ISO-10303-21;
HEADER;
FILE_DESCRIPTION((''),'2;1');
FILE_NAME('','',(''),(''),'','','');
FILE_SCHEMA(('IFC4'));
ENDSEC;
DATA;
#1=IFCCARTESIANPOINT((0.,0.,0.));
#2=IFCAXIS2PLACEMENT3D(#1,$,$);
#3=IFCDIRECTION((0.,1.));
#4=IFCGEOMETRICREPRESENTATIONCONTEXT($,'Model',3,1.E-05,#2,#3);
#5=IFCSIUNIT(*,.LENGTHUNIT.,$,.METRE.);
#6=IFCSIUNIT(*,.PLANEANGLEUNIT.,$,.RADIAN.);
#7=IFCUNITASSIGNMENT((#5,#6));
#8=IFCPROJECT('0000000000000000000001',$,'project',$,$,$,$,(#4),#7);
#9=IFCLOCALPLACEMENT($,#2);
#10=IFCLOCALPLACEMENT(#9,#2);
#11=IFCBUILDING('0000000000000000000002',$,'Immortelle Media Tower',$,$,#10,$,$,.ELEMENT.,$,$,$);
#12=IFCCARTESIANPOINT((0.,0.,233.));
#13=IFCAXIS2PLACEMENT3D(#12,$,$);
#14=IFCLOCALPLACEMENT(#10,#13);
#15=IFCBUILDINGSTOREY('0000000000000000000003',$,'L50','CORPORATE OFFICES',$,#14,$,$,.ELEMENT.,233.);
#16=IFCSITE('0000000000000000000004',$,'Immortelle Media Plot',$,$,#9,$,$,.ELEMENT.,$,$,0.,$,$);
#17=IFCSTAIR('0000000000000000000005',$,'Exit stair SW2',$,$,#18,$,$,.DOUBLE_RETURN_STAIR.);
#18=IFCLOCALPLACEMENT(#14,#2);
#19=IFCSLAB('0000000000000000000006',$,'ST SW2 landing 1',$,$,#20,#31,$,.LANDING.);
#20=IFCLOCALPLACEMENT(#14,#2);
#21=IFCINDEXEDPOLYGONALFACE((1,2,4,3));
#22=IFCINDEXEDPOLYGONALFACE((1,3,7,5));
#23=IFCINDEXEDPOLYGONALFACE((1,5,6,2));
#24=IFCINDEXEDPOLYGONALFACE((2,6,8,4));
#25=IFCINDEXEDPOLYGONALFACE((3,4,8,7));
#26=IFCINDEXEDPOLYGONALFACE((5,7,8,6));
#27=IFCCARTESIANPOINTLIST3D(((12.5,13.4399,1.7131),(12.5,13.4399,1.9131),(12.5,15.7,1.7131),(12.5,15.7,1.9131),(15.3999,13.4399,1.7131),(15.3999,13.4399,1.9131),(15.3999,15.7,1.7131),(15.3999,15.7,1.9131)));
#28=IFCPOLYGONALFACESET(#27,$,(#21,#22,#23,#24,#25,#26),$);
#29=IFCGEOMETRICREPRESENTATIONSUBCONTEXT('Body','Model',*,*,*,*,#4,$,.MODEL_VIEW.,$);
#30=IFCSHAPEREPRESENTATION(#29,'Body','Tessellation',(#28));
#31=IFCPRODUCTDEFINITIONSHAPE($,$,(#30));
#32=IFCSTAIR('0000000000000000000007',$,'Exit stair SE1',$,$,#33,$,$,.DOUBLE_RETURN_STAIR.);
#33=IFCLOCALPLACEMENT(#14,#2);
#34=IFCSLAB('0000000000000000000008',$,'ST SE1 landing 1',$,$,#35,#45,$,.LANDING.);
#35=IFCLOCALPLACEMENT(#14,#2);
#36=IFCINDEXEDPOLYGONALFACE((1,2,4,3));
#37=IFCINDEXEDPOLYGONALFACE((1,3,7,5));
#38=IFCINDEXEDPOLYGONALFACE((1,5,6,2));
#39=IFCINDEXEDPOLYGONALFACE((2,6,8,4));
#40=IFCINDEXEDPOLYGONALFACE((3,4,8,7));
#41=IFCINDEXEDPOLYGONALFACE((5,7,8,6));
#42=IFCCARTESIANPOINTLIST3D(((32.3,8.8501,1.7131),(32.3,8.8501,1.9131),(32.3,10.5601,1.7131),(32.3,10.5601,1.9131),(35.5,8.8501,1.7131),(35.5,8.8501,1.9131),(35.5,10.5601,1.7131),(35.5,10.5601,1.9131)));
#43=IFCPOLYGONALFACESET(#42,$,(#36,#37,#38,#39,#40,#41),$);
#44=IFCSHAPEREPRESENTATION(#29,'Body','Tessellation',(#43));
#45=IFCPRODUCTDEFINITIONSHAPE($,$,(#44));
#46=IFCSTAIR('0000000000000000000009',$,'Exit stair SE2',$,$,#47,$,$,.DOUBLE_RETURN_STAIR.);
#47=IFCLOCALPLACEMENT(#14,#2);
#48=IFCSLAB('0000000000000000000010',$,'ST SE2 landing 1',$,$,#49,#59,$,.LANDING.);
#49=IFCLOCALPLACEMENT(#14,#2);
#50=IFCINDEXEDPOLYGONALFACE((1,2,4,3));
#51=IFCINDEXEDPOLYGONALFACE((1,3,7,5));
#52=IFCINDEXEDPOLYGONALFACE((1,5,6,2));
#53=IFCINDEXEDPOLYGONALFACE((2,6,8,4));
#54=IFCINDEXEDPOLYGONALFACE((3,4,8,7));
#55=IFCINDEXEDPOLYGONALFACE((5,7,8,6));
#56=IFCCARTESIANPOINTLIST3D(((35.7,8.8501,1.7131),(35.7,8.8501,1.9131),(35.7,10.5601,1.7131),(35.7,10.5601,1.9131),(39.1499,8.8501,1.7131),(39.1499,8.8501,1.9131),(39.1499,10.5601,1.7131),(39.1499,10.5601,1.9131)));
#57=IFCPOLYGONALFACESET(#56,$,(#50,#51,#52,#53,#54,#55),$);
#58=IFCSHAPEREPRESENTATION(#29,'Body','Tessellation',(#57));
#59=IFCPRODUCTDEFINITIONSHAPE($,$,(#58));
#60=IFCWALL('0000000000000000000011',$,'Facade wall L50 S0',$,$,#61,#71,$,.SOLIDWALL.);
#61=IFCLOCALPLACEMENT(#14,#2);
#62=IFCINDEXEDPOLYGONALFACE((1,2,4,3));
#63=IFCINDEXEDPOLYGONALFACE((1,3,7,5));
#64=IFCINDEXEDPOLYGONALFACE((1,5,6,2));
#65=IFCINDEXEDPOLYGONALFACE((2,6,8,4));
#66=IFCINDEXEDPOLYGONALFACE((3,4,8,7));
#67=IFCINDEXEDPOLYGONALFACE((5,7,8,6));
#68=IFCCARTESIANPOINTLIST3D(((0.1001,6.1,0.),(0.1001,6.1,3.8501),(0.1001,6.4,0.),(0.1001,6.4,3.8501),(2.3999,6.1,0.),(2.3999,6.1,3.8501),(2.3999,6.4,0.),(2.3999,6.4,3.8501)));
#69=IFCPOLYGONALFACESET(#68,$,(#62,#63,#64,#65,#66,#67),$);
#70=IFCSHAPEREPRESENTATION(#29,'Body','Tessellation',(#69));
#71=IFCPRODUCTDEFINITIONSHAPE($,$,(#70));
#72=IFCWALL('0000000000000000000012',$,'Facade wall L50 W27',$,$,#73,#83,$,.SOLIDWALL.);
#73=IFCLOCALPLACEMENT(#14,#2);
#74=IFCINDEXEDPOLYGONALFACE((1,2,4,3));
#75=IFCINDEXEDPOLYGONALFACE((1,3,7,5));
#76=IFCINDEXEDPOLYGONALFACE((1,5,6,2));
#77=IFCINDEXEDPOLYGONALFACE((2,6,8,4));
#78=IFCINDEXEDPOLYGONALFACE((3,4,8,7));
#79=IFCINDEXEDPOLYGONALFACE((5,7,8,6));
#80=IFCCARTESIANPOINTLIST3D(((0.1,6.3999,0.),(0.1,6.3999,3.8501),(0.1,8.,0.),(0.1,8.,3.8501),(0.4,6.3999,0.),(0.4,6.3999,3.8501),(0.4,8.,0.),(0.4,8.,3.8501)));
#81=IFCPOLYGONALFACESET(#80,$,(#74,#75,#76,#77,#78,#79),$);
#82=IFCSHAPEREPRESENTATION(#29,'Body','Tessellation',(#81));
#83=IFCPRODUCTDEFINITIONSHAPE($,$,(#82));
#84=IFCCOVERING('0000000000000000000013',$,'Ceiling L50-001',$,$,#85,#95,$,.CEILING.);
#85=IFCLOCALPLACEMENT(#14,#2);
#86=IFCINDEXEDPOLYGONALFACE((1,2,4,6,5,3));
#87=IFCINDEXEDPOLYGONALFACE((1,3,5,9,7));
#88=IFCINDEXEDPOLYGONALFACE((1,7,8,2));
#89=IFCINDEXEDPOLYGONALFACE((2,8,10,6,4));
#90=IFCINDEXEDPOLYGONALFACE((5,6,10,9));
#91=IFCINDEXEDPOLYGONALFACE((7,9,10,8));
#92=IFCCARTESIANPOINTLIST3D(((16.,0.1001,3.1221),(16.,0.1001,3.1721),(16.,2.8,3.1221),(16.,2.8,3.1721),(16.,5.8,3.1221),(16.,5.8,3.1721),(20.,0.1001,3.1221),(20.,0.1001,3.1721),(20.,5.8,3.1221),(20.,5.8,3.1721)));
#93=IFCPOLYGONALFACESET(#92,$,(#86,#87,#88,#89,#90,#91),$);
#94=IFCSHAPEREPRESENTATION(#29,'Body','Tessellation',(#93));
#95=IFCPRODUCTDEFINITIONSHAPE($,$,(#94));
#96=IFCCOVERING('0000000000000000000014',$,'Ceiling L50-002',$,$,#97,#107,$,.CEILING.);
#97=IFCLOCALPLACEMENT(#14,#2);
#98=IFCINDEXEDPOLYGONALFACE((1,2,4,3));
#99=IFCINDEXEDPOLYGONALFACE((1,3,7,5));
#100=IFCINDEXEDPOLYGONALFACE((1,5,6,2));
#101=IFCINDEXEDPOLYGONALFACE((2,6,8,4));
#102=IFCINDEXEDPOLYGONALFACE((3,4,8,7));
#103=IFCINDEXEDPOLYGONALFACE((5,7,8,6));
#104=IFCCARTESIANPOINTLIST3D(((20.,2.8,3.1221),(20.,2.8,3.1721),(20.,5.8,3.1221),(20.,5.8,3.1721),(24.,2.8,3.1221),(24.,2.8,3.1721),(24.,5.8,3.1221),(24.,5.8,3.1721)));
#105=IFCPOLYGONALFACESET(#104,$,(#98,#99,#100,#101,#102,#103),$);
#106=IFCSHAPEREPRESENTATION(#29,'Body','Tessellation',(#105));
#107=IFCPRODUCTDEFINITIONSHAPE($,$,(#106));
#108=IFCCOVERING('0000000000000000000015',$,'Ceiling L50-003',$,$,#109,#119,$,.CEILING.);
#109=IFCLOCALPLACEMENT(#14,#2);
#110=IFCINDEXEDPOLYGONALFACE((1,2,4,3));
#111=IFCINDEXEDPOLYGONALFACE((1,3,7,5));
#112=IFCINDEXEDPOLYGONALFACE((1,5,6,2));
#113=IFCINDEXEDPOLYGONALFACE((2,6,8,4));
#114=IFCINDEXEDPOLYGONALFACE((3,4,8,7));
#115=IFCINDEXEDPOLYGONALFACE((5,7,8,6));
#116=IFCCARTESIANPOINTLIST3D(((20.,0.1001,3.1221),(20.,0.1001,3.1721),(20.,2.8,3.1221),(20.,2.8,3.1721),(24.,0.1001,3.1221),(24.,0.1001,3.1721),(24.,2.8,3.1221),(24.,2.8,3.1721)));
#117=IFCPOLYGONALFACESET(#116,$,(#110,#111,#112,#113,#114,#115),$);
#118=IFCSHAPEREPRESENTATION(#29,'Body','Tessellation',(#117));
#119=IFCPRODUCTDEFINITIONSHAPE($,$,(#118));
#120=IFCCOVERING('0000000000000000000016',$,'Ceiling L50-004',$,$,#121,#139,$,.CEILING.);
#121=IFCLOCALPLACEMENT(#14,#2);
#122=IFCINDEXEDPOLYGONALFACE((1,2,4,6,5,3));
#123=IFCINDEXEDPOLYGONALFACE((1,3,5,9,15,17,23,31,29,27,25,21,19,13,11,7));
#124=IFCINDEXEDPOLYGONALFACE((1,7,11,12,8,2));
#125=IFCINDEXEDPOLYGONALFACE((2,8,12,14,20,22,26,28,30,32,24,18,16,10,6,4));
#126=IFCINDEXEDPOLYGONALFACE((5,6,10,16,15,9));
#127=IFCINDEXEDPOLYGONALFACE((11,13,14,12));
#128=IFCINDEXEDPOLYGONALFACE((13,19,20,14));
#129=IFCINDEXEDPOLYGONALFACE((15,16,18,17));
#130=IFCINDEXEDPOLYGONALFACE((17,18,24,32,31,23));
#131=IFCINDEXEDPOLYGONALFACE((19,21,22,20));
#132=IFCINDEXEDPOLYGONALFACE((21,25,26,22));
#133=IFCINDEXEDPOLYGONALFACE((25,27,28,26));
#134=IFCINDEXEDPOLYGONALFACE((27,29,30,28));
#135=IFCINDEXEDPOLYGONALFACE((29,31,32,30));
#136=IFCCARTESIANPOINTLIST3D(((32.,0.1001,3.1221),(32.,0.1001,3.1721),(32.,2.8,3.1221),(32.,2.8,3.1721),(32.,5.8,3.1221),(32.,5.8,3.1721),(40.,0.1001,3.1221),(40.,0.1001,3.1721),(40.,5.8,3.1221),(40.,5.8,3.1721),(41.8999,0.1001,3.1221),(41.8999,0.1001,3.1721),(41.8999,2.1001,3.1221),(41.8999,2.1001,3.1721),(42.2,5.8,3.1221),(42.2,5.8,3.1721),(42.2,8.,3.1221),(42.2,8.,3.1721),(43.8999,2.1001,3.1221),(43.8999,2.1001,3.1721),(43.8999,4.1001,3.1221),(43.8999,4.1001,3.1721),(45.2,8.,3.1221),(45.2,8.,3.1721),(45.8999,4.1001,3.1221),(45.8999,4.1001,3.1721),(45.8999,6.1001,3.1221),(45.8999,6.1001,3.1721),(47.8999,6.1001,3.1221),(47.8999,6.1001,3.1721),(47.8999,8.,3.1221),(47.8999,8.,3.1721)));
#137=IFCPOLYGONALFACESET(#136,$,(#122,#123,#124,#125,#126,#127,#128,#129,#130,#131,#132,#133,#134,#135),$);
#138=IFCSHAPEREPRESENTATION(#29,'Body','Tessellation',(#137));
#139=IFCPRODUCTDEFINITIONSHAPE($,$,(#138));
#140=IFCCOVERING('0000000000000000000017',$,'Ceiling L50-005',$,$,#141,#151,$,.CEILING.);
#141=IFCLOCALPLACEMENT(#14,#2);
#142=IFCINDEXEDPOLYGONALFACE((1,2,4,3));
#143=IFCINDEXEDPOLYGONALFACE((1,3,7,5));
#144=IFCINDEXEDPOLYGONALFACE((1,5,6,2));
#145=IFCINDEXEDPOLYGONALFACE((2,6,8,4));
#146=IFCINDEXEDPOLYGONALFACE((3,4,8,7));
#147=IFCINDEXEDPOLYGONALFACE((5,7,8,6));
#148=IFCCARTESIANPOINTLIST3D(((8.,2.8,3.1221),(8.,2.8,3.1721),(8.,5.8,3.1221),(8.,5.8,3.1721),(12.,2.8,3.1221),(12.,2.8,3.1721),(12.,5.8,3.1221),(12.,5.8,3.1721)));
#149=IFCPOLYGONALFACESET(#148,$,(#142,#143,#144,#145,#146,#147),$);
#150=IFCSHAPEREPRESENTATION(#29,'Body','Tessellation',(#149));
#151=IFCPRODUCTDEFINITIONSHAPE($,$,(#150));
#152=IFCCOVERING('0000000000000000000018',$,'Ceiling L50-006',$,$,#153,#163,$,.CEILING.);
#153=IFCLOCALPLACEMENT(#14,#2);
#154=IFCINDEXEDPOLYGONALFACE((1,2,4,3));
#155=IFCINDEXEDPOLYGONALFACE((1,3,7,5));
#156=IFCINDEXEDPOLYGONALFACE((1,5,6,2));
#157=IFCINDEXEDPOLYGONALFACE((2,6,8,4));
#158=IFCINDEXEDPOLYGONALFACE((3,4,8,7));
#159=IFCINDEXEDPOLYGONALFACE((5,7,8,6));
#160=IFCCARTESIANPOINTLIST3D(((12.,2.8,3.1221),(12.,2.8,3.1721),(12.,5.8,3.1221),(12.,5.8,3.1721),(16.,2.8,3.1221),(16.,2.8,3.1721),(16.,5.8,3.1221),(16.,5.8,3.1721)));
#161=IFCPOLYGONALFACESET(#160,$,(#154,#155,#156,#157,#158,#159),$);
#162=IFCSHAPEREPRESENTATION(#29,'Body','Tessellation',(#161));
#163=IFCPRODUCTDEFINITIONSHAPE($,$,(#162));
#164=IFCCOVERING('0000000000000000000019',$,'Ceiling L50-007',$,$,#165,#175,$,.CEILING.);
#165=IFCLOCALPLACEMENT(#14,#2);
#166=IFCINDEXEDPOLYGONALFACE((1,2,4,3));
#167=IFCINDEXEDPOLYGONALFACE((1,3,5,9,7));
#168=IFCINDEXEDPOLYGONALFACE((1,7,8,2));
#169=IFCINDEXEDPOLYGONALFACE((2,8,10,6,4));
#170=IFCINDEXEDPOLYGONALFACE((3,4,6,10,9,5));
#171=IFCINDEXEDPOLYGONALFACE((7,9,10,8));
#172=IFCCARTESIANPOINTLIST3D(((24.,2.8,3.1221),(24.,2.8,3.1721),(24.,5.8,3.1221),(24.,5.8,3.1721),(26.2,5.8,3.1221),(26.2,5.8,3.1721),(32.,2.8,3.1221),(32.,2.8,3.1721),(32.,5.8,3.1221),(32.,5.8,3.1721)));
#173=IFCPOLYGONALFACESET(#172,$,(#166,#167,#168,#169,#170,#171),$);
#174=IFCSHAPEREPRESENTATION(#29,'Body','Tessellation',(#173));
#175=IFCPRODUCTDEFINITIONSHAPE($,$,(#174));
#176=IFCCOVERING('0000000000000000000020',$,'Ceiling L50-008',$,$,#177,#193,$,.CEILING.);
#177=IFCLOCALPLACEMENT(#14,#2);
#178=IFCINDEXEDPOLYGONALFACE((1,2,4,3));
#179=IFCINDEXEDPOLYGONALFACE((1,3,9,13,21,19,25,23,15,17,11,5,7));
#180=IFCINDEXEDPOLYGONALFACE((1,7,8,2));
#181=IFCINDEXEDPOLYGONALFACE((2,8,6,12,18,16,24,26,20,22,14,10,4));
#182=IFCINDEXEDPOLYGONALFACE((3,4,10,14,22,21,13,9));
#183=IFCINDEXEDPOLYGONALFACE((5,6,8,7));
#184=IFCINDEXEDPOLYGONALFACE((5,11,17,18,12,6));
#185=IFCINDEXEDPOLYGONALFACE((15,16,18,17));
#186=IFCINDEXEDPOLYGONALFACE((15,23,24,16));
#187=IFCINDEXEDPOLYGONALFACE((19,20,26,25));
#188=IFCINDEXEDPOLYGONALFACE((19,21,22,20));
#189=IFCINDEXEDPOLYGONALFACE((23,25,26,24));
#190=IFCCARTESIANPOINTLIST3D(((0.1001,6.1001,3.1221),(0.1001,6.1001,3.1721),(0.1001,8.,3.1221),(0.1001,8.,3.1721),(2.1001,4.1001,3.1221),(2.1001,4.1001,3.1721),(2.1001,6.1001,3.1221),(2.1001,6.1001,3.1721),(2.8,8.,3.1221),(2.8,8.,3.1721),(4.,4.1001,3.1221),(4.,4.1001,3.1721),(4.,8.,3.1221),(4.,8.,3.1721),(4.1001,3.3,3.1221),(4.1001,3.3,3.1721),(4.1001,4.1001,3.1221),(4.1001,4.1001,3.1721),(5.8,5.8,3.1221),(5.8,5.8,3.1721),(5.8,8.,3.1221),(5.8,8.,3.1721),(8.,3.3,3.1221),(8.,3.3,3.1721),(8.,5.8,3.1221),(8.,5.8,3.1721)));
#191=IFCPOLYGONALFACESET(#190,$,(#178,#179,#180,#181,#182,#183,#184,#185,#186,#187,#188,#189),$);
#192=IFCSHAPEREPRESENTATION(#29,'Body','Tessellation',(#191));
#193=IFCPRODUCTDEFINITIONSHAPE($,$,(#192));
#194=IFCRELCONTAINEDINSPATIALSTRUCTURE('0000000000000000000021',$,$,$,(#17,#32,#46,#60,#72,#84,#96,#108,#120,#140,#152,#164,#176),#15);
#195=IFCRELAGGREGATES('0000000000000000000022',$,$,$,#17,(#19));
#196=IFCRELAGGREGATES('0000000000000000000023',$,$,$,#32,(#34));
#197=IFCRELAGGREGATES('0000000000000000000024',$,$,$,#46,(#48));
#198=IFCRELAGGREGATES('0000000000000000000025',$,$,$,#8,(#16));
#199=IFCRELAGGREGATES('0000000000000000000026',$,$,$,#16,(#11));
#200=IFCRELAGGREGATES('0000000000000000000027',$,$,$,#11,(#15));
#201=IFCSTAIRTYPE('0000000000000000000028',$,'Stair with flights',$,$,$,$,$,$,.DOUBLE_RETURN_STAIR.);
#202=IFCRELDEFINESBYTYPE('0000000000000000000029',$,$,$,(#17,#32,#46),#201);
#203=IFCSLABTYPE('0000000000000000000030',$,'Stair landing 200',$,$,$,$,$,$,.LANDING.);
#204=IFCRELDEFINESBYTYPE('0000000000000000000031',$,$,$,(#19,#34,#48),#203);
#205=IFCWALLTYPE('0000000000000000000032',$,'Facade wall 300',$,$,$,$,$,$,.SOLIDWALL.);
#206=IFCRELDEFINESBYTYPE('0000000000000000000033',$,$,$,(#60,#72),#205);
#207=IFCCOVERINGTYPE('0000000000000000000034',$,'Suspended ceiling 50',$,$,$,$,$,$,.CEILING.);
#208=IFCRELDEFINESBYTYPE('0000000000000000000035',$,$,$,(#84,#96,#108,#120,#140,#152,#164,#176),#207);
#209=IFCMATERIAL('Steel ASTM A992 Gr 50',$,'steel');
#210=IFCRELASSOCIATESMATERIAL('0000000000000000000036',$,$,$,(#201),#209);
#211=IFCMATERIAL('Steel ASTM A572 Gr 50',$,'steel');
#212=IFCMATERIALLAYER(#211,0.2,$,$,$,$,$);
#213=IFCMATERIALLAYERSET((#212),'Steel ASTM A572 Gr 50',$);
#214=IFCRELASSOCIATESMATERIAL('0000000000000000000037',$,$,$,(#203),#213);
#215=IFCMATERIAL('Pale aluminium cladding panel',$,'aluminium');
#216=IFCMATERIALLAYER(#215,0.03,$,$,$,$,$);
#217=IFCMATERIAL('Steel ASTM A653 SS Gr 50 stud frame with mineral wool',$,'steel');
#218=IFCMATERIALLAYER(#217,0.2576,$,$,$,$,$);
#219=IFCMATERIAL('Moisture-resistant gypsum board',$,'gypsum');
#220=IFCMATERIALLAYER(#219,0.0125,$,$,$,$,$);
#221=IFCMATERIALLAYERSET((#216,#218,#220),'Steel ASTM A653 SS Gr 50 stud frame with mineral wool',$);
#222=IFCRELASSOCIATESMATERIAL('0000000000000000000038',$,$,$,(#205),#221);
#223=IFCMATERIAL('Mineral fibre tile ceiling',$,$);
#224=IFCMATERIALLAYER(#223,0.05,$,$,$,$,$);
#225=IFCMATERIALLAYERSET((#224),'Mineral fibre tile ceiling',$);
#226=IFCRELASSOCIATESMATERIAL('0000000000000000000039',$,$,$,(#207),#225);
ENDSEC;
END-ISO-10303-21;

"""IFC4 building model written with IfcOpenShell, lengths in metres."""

from ifc_helpers import new_model, si_unit, direction, frame, frame_2d, origin, place, context, subcontext, project, spatial, polyline, rectangle, outline, extrude, material, layer, layer_set, type_object, element, aggregate, save


model = new_model("IFC4")

# Units and contexts
model_context = context("Model", 3, precision=1e-05, world=origin(), true_north=direction((0.0, 1.0)))
body_context = subcontext(model_context, "Body", "Model", "MODEL_VIEW")
ifc_project = project(units=[si_unit("LENGTHUNIT", "METRE"), si_unit("PLANEANGLEUNIT", "RADIAN")], contexts=[model_context])

# Site, building, storey
site_placement = place(None, origin())
site = spatial("IfcSite", under=ifc_project, at=site_placement, Name="Immortelle Media Plot", CompositionType="ELEMENT", RefElevation=0.0)
building_placement = place(site_placement, origin())
building = spatial("IfcBuilding", under=site, at=building_placement, Name="Immortelle Media Tower", CompositionType="ELEMENT")
storey_placement = place(building_placement, frame((0.0, 0.0, 233.0)))
storey = spatial("IfcBuildingStorey", under=building, at=storey_placement, Name="L50", Description="CORPORATE OFFICES", CompositionType="ELEMENT", Elevation=233.0)

# Shared definitions
ifc_material_1 = material(Name="Steel ASTM A992 Gr 50", Category="steel")

# Stairs, slabs
stair_type = type_object("IfcStairType", Name="Stair with flights", PredefinedType="DOUBLE_RETURN_STAIR", material=ifc_material_1)
ifc_material_2 = material(Name="Steel ASTM A572 Gr 50", Category="steel")
ifc_layer_1 = layer(ifc_material_2, 0.2)
ifc_layer_set_1 = layer_set([ifc_layer_1], Name="Steel ASTM A572 Gr 50")
slab_type_1 = type_object("IfcSlabType", Name="Stair landing 200", PredefinedType="LANDING", material=ifc_layer_set_1)
stair_1_placement = place(storey_placement, origin())
stair_1 = element("IfcStair", 1, at=stair_1_placement, inside=storey, type_object=stair_type, Name="Exit stair SW2", PredefinedType="DOUBLE_RETURN_STAIR")
slab_1_placement = place(storey_placement, frame((0.0, 0.0, 1.7131)))
slab_1 = element("IfcSlab", 2, at=slab_1_placement, type_object=slab_type_1, Name="ST SW2 landing 1", PredefinedType="LANDING", context=body_context, shape_type="SweptSolid", body=[
    extrude(outline(polyline([(12.5, 13.4399), (15.3999, 13.4399), (15.3999, 15.7), (12.5, 15.7), (12.5, 13.4399)])), origin(), (0.0, 0.0, 1.0), 0.2),
])
aggregate(stair_1, [slab_1])
stair_2_placement = place(storey_placement, origin())
stair_2 = element("IfcStair", 3, at=stair_2_placement, inside=storey, type_object=stair_type, Name="Exit stair SE1", PredefinedType="DOUBLE_RETURN_STAIR")
slab_2_placement = place(storey_placement, frame((0.0, 0.0, 1.7131)))
slab_2 = element("IfcSlab", 4, at=slab_2_placement, type_object=slab_type_1, Name="ST SE1 landing 1", PredefinedType="LANDING", context=body_context, shape_type="SweptSolid", body=[
    extrude(outline(polyline([(32.3, 8.8501), (35.5, 8.8501), (35.5, 10.5601), (32.3, 10.5601), (32.3, 8.8501)])), origin(), (0.0, 0.0, 1.0), 0.2),
])
aggregate(stair_2, [slab_2])
stair_3_placement = place(storey_placement, origin())
stair_3 = element("IfcStair", 5, at=stair_3_placement, inside=storey, type_object=stair_type, Name="Exit stair SE2", PredefinedType="DOUBLE_RETURN_STAIR")
slab_3_placement = place(storey_placement, frame((0.0, 0.0, 1.7131)))
slab_3 = element("IfcSlab", 6, at=slab_3_placement, type_object=slab_type_1, Name="ST SE2 landing 1", PredefinedType="LANDING", context=body_context, shape_type="SweptSolid", body=[
    extrude(outline(polyline([(35.7, 8.8501), (39.1499, 8.8501), (39.1499, 10.5601), (35.7, 10.5601), (35.7, 8.8501)])), origin(), (0.0, 0.0, 1.0), 0.2),
])
aggregate(stair_3, [slab_3])

# Walls
ifc_material_3 = material(Name="Pale aluminium cladding panel", Category="aluminium")
ifc_layer_2 = layer(ifc_material_3, 0.03)
ifc_material_4 = material(Name="Steel ASTM A653 SS Gr 50 stud frame with mineral wool", Category="steel")
ifc_layer_3 = layer(ifc_material_4, 0.2576)
ifc_material_5 = material(Name="Moisture-resistant gypsum board", Category="gypsum")
ifc_layer_4 = layer(ifc_material_5, 0.0125)
ifc_layer_set_2 = layer_set([ifc_layer_2, ifc_layer_3, ifc_layer_4], Name="Steel ASTM A653 SS Gr 50 stud frame with mineral wool")
wall_type = type_object("IfcWallType", Name="Facade wall 300", PredefinedType="SOLIDWALL", material=ifc_layer_set_2)
wall_1_placement = place(storey_placement, frame((0.1001, 6.25, 0.0), z_axis=(0.0, 0.0, 1.0), x_axis=(1.0, 0.0, 0.0)))
element("IfcWall", 7, at=wall_1_placement, inside=storey, type_object=wall_type, Name="Facade wall L50 S0", PredefinedType="SOLIDWALL", context=body_context, shape_type="SweptSolid", body=[
    extrude(rectangle(XDim=2.2998, YDim=0.3, at=frame_2d((1.1499, 0.0))), origin(), (0.0, 0.0, 1.0), 3.8501),
])
wall_2_placement = place(storey_placement, frame((0.25, 8.0, 0.0), z_axis=(0.0, 0.0, 1.0), x_axis=(0.0, -1.0, 0.0)))
element("IfcWall", 8, at=wall_2_placement, inside=storey, type_object=wall_type, Name="Facade wall L50 W27", PredefinedType="SOLIDWALL", context=body_context, shape_type="SweptSolid", body=[
    extrude(rectangle(XDim=1.6001, YDim=0.3, at=frame_2d((0.8, 0.0))), origin(), (0.0, 0.0, 1.0), 3.8501),
])

# Coverings
ifc_material_6 = material(Name="Mineral fibre tile ceiling")
ifc_layer_5 = layer(ifc_material_6, 0.05)
ifc_layer_set_3 = layer_set([ifc_layer_5], Name="Mineral fibre tile ceiling")
covering_type = type_object("IfcCoveringType", Name="Suspended ceiling 50", PredefinedType="CEILING", material=ifc_layer_set_3)
covering_1_placement = place(storey_placement, frame((0.0, 0.0, 3.1221)))
element("IfcCovering", 9, at=covering_1_placement, inside=storey, type_object=covering_type, Name="Ceiling L50-001", PredefinedType="CEILING", context=body_context, shape_type="SweptSolid", body=[
    extrude(outline(polyline([(16.0, 2.8), (16.0, 5.8), (20.0, 5.8), (20.0, 0.1001), (16.0, 0.1001), (16.0, 2.8)])), origin(), (0.0, 0.0, 1.0), 0.05),
])
covering_2_placement = place(storey_placement, frame((0.0, 0.0, 3.1221)))
element("IfcCovering", 10, at=covering_2_placement, inside=storey, type_object=covering_type, Name="Ceiling L50-002", PredefinedType="CEILING", context=body_context, shape_type="SweptSolid", body=[
    extrude(outline(polyline([(24.0, 2.8), (20.0, 2.8), (20.0, 5.8), (24.0, 5.8), (24.0, 2.8)])), origin(), (0.0, 0.0, 1.0), 0.05),
])
covering_3_placement = place(storey_placement, frame((0.0, 0.0, 3.1221)))
element("IfcCovering", 11, at=covering_3_placement, inside=storey, type_object=covering_type, Name="Ceiling L50-003", PredefinedType="CEILING", context=body_context, shape_type="SweptSolid", body=[
    extrude(outline(polyline([(24.0, 0.1001), (20.0, 0.1001), (20.0, 2.8), (24.0, 2.8), (24.0, 0.1001)])), origin(), (0.0, 0.0, 1.0), 0.05),
])
covering_4_placement = place(storey_placement, frame((0.0, 0.0, 3.1221)))
element("IfcCovering", 12, at=covering_4_placement, inside=storey, type_object=covering_type, Name="Ceiling L50-004", PredefinedType="CEILING", context=body_context, shape_type="SweptSolid", body=[
    extrude(outline(polyline([(32.0, 2.8), (32.0, 5.8), (40.0, 5.8), (42.2, 5.8), (42.2, 8.0), (45.2, 8.0), (47.8999, 8.0), (47.8999, 6.1001), (45.8999, 6.1001), (45.8999, 4.1001), (43.8999, 4.1001), (43.8999, 2.1001), (41.8999, 2.1001), (41.8999, 0.1001), (40.0, 0.1001), (32.0, 0.1001), (32.0, 2.8)])), origin(), (0.0, 0.0, 1.0), 0.05),
])
covering_5_placement = place(storey_placement, frame((0.0, 0.0, 3.1221)))
element("IfcCovering", 13, at=covering_5_placement, inside=storey, type_object=covering_type, Name="Ceiling L50-005", PredefinedType="CEILING", context=body_context, shape_type="SweptSolid", body=[
    extrude(outline(polyline([(8.0, 5.8), (12.0, 5.8), (12.0, 2.8), (8.0, 2.8), (8.0, 5.8)])), origin(), (0.0, 0.0, 1.0), 0.05),
])
covering_6_placement = place(storey_placement, frame((0.0, 0.0, 3.1221)))
element("IfcCovering", 14, at=covering_6_placement, inside=storey, type_object=covering_type, Name="Ceiling L50-006", PredefinedType="CEILING", context=body_context, shape_type="SweptSolid", body=[
    extrude(outline(polyline([(16.0, 5.8), (16.0, 2.8), (12.0, 2.8), (12.0, 5.8), (16.0, 5.8)])), origin(), (0.0, 0.0, 1.0), 0.05),
])
covering_7_placement = place(storey_placement, frame((0.0, 0.0, 3.1221)))
element("IfcCovering", 15, at=covering_7_placement, inside=storey, type_object=covering_type, Name="Ceiling L50-007", PredefinedType="CEILING", context=body_context, shape_type="SweptSolid", body=[
    extrude(outline(polyline([(24.0, 2.8), (24.0, 5.8), (26.2, 5.8), (32.0, 5.8), (32.0, 2.8), (24.0, 2.8)])), origin(), (0.0, 0.0, 1.0), 0.05),
])
covering_8_placement = place(storey_placement, frame((0.0, 0.0, 3.1221)))
element("IfcCovering", 16, at=covering_8_placement, inside=storey, type_object=covering_type, Name="Ceiling L50-008", PredefinedType="CEILING", context=body_context, shape_type="SweptSolid", body=[
    extrude(outline(polyline([(4.1001, 4.1001), (4.0, 4.1001), (2.1001, 4.1001), (2.1001, 6.1001), (0.1001, 6.1001), (0.1001, 8.0), (2.8, 8.0), (4.0, 8.0), (5.8, 8.0), (5.8, 5.8), (8.0, 5.8), (8.0, 3.3), (4.1001, 3.3), (4.1001, 4.1001)])), origin(), (0.0, 0.0, 1.0), 0.05),
])

save(model, "model.ifc")
